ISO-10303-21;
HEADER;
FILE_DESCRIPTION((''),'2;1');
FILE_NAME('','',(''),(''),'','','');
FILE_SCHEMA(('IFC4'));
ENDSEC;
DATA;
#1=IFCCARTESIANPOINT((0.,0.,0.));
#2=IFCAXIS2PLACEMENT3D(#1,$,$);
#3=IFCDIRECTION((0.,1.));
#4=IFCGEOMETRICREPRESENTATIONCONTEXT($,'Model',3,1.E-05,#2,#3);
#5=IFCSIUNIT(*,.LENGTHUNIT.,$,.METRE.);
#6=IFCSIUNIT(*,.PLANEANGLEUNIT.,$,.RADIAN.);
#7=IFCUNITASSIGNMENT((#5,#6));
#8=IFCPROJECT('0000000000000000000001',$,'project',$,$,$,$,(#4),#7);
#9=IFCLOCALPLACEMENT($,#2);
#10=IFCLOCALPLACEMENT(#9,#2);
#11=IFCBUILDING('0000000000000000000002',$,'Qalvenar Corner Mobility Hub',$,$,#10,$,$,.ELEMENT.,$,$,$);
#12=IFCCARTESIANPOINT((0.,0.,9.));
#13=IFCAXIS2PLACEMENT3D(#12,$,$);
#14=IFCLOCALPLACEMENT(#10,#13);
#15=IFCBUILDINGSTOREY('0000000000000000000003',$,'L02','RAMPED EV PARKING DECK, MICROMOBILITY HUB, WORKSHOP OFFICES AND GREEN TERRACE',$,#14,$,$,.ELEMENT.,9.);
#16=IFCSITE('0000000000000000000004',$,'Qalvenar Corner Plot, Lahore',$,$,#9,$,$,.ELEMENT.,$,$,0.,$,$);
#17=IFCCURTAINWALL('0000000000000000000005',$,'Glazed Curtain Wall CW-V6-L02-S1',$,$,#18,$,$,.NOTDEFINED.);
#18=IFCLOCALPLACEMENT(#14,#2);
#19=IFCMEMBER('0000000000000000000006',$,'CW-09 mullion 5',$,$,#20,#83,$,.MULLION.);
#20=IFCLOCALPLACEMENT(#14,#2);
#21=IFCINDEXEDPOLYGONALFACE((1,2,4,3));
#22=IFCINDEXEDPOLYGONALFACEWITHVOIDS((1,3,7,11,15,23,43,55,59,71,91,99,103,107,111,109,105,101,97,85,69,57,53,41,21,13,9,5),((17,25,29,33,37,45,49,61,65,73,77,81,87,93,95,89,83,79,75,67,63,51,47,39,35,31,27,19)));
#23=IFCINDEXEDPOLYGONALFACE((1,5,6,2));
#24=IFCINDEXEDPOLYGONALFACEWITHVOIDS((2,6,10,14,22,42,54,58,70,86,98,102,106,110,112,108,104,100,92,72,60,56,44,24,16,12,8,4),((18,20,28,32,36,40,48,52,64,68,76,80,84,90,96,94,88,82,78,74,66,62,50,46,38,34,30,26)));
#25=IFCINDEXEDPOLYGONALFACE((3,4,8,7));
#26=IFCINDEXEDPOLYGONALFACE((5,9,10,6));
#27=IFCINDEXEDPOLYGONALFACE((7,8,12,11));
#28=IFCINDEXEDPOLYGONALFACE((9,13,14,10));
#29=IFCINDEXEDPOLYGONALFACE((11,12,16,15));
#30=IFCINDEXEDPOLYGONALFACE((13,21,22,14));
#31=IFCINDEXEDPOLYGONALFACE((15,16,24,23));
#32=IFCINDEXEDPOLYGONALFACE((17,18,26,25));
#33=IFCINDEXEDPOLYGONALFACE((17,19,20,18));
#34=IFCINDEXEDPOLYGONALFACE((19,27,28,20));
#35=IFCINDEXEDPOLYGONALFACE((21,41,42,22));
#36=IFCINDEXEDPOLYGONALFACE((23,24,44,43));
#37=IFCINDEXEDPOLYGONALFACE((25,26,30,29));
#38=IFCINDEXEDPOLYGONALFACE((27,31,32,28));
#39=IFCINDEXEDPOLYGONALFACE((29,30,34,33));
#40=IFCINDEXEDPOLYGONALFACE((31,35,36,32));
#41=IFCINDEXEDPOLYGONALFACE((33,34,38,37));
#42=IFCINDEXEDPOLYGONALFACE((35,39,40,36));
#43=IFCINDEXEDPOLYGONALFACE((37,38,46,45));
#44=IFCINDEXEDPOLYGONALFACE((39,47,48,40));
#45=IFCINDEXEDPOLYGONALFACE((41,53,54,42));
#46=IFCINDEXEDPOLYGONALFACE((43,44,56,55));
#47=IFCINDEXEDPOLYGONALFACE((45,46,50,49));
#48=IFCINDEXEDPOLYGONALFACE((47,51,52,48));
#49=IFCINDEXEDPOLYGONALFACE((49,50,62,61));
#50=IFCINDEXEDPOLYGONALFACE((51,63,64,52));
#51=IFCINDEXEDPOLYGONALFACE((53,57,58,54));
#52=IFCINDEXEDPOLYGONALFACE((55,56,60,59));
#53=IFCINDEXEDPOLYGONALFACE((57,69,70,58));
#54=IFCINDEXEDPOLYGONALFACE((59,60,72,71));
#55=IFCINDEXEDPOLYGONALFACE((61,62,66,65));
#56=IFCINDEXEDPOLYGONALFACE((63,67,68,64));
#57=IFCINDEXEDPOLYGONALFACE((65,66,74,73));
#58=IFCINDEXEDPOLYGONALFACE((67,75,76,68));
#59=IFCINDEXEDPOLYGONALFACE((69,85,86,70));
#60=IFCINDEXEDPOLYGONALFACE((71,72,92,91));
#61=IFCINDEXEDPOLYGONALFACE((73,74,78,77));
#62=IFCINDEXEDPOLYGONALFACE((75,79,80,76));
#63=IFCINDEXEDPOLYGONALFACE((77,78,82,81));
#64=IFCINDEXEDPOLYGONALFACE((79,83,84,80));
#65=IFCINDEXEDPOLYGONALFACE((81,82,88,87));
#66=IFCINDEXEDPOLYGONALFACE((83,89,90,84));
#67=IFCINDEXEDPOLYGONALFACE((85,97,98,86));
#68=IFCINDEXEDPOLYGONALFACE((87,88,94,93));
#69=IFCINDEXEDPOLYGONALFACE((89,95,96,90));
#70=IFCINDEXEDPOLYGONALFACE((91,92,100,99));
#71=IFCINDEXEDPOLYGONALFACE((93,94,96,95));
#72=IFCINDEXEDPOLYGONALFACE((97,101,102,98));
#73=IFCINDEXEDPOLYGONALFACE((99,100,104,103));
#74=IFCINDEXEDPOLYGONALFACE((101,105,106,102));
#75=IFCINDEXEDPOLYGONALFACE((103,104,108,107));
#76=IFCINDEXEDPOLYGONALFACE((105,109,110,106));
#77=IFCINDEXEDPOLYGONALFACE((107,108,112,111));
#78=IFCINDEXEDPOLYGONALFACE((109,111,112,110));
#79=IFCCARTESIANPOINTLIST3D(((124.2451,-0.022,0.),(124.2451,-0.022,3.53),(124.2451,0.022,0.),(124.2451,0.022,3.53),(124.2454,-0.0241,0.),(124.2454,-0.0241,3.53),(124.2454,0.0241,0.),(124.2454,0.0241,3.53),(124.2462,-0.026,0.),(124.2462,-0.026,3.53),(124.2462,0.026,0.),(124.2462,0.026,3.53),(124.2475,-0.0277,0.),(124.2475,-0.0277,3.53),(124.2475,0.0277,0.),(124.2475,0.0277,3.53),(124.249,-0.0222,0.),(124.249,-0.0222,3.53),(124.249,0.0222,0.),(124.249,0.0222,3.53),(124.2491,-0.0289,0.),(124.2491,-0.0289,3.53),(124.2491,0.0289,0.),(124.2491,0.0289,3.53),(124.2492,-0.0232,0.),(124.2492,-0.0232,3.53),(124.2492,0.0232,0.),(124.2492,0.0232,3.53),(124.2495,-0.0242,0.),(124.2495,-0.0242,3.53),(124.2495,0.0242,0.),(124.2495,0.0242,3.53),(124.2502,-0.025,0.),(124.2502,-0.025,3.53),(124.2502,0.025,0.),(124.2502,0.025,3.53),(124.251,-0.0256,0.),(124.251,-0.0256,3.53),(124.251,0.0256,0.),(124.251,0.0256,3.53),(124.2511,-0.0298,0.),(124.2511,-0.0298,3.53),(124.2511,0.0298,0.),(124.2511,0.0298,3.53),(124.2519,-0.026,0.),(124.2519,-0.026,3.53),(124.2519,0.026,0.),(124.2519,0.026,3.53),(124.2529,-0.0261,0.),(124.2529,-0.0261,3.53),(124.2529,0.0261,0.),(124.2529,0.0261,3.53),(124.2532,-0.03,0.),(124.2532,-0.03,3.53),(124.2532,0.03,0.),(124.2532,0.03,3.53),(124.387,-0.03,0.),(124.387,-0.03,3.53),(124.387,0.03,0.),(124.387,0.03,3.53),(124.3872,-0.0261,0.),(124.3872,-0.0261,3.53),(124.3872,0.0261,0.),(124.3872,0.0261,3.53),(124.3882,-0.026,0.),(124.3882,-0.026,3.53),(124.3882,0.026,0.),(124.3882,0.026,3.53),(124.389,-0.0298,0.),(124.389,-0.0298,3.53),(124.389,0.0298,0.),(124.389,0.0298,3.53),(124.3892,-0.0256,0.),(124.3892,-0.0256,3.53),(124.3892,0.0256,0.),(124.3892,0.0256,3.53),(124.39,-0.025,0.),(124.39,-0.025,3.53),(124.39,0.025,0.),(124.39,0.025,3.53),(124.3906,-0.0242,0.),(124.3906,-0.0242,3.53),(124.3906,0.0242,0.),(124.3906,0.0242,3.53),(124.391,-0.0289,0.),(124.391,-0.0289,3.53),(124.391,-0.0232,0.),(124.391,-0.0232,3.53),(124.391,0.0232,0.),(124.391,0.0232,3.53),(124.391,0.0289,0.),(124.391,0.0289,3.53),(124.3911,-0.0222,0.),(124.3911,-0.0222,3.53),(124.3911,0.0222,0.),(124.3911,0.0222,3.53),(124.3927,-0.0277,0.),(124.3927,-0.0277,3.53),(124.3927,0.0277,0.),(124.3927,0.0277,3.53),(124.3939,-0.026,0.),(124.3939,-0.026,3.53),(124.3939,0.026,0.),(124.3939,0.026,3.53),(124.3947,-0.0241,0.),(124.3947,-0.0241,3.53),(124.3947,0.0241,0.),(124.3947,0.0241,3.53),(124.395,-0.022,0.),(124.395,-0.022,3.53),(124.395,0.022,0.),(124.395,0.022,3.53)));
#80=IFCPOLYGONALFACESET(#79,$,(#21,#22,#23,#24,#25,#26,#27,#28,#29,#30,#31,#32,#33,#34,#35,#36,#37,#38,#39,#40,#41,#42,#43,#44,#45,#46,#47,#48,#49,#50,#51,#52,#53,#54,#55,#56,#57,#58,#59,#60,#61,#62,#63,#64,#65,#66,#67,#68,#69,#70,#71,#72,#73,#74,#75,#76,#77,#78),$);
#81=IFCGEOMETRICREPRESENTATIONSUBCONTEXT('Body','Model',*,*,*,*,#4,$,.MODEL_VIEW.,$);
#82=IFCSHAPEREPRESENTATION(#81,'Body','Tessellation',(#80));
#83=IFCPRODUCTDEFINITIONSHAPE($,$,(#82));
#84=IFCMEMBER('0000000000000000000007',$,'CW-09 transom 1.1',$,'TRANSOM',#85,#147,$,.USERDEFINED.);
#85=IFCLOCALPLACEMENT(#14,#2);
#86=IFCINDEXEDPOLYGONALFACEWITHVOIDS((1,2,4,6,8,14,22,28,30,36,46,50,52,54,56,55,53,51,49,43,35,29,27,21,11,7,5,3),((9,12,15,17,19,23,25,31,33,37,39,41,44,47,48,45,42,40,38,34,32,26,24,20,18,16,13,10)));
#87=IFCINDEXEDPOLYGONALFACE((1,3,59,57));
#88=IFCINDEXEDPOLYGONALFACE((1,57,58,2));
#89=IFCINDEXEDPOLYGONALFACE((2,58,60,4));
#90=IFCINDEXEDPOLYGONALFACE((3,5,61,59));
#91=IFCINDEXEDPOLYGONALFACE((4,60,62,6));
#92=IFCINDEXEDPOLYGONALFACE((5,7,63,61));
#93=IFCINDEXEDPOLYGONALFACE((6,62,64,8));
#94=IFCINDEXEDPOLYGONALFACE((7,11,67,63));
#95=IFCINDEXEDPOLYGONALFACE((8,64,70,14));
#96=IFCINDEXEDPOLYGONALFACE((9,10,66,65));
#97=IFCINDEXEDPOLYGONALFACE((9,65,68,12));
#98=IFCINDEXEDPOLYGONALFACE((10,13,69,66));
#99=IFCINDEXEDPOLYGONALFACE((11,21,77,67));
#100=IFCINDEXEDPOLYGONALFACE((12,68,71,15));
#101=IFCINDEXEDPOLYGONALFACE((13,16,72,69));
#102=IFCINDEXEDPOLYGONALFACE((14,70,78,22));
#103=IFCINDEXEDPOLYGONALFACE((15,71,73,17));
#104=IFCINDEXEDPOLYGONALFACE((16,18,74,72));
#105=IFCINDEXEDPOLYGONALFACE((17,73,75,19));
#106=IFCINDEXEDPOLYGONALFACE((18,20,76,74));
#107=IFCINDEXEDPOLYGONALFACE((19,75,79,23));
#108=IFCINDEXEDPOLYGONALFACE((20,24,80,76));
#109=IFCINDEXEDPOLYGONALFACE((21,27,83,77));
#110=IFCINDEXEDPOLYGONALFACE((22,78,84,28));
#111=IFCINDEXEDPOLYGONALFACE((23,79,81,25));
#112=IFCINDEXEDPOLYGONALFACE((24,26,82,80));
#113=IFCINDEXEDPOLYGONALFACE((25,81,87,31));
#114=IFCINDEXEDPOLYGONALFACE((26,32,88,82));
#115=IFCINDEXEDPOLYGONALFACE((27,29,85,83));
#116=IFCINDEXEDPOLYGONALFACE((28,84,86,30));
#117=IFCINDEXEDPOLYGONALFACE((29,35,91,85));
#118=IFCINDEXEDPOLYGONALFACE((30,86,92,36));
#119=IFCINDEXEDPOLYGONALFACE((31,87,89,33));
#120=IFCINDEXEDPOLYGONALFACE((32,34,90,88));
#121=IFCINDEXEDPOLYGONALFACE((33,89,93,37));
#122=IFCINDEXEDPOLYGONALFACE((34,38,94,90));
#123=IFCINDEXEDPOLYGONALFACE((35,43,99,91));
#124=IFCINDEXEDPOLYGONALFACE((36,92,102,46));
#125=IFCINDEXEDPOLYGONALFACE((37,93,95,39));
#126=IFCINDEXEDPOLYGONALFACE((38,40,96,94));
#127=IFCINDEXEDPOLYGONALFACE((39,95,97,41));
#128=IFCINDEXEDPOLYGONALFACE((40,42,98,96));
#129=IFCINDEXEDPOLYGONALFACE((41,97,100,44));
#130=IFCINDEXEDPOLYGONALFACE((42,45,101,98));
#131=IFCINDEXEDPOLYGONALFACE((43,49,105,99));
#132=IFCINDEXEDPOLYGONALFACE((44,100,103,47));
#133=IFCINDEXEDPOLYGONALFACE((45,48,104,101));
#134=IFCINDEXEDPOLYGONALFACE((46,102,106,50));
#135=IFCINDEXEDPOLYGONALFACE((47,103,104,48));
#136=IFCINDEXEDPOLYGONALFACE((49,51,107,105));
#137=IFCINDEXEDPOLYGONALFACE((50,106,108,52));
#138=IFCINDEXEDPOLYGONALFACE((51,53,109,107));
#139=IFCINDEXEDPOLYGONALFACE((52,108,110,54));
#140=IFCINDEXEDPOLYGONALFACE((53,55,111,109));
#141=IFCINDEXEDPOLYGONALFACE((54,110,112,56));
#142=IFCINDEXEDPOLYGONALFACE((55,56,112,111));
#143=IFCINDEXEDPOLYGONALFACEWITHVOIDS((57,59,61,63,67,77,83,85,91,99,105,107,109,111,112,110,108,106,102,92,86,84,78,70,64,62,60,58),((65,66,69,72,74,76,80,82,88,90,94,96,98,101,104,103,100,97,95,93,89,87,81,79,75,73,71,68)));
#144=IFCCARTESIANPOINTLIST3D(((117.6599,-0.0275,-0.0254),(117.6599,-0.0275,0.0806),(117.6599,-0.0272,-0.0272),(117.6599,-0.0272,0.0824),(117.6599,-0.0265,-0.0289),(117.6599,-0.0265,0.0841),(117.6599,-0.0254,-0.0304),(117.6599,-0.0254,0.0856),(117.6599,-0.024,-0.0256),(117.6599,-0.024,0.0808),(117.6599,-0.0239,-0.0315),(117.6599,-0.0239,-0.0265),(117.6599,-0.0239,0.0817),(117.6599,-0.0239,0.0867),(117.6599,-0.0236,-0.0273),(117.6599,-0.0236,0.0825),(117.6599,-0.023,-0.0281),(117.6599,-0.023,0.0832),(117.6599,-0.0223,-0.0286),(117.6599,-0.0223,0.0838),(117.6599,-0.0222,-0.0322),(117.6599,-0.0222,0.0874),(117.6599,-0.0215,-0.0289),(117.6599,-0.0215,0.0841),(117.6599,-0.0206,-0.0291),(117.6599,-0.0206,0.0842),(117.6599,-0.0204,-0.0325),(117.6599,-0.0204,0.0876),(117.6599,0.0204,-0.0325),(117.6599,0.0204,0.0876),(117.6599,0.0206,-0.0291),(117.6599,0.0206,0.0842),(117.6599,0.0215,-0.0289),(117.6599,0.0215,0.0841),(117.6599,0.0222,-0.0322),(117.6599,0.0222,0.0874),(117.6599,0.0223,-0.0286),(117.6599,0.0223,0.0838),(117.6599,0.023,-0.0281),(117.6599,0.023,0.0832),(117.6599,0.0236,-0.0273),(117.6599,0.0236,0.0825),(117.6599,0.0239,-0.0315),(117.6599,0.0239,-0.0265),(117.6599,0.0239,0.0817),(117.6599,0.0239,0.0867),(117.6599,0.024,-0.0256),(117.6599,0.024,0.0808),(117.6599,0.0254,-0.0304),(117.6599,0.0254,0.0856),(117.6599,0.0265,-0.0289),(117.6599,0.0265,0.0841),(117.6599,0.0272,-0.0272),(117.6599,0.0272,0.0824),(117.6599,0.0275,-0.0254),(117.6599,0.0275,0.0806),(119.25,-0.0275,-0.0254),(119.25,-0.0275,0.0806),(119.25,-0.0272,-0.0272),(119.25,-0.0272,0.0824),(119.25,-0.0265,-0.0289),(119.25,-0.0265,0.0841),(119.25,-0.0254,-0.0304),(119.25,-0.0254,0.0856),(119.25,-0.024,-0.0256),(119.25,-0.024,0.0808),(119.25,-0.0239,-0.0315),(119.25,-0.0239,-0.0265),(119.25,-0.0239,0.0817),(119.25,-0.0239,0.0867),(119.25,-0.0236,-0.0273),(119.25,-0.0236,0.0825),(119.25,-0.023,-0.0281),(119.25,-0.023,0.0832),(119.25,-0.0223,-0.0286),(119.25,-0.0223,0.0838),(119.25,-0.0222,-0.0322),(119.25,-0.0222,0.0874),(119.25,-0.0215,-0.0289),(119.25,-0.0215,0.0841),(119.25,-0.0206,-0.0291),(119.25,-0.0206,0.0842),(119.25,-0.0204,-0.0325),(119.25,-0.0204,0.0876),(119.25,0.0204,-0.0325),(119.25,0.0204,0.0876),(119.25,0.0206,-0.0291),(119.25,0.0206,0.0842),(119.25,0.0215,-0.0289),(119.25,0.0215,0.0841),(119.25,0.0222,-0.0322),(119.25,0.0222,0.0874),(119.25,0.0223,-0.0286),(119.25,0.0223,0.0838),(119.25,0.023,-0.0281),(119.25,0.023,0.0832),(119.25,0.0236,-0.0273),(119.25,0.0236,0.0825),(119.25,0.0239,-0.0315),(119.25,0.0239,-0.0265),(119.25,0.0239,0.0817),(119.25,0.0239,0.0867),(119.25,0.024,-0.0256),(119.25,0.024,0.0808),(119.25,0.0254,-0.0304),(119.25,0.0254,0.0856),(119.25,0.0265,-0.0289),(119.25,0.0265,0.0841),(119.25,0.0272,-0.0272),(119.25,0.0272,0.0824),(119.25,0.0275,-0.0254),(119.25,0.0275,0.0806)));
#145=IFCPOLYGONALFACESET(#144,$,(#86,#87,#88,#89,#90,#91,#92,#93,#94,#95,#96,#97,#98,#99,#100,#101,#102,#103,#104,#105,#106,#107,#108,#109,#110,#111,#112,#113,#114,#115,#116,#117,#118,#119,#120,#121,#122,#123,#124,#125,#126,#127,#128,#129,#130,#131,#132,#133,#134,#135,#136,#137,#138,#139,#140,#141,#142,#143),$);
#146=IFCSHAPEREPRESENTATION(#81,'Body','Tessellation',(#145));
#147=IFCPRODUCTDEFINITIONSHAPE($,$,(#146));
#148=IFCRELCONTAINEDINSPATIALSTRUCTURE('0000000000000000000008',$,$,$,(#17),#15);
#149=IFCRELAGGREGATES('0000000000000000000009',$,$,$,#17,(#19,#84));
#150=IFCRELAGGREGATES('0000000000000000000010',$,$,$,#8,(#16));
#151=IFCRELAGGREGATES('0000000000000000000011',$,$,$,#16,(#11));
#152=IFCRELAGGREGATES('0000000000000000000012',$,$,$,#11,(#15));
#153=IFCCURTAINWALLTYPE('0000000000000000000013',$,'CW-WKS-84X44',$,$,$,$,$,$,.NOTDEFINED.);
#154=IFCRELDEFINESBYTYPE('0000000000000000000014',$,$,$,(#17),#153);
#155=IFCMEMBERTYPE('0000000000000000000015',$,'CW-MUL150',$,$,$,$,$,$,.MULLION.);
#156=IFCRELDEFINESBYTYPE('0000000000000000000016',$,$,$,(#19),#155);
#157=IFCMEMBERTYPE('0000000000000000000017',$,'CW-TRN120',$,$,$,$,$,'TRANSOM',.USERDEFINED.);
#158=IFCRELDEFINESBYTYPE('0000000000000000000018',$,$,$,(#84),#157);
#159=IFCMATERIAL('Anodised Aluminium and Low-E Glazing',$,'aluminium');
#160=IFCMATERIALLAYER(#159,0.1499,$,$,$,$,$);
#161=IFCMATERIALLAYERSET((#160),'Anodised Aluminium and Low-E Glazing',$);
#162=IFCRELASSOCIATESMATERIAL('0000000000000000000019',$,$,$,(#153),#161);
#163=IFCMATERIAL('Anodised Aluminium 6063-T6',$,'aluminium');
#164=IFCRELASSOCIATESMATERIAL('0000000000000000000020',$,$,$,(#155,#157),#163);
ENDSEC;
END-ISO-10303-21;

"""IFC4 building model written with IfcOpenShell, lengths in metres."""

from ifc_helpers import new_model, si_unit, direction, frame, origin, origin_2d, place, context, subcontext, project, spatial, hollow_rectangle, extrude, material, layer, layer_set, material_profile, profile_set, type_object, element, aggregate, save


model = new_model("IFC4")

# Units and contexts
model_context = context("Model", 3, precision=1e-05, world=origin(), true_north=direction((0.0, 1.0)))
body_context = subcontext(model_context, "Body", "Model", "MODEL_VIEW")
ifc_project = project(units=[si_unit("LENGTHUNIT", "METRE"), si_unit("PLANEANGLEUNIT", "RADIAN")], contexts=[model_context])

# Site, building, storey
site_placement = place(None, origin())
site = spatial("IfcSite", under=ifc_project, at=site_placement, Name="Qalvenar Corner Plot, Lahore", CompositionType="ELEMENT", RefElevation=0.0)
building_placement = place(site_placement, origin())
building = spatial("IfcBuilding", under=site, at=building_placement, Name="Qalvenar Corner Mobility Hub", CompositionType="ELEMENT")
storey_placement = place(building_placement, frame((0.0, 0.0, 9.0)))
storey = spatial("IfcBuildingStorey", under=building, at=storey_placement, Name="L02", Description="RAMPED EV PARKING DECK, MICROMOBILITY HUB, WORKSHOP OFFICES AND GREEN TERRACE", CompositionType="ELEMENT", Elevation=9.0)

# Curtain wall, members
ifc_material_1 = material(Name="Anodised Aluminium and Low-E Glazing", Category="aluminium")
ifc_layer_1 = layer(ifc_material_1, 0.1499)
ifc_layer_set_1 = layer_set([ifc_layer_1], Name="Anodised Aluminium and Low-E Glazing")
curtain_wall_type = type_object("IfcCurtainWallType", Name="CW-WKS-84X44", PredefinedType="NOTDEFINED", material=ifc_layer_set_1)
curtain_wall_placement = place(storey_placement, origin())
curtain_wall = element("IfcCurtainWall", 1, at=curtain_wall_placement, inside=storey, type_object=curtain_wall_type, Name="Glazed Curtain Wall CW-V6-L02-S1", PredefinedType="NOTDEFINED")
ifc_material_2 = material(Name="Anodised Aluminium 6063-T6", Category="aluminium")
ifc_material_profile_1 = material_profile(ifc_material_2, hollow_rectangle(XDim=0.0601, YDim=0.1499, WallThickness=0.0039, InnerFilletRadius=0.0039, OuterFilletRadius=0.0081, at=origin_2d()), Name="RHS150x60x4")
ifc_profile_set_1 = profile_set([ifc_material_profile_1], Name="Anodised Aluminium 6063-T6")
member_type_1 = type_object("IfcMemberType", Name="CW-MUL150", PredefinedType="MULLION", material=ifc_profile_set_1)
member_1_placement = place(storey_placement, frame((124.3201, 0.0, 0.0), z_axis=(0.0, 0.0, 1.0), x_axis=(0.0, 1.0, 0.0)))
member_1 = element("IfcMember", 2, at=member_1_placement, type_object=member_type_1, Name="CW-09 mullion 5", PredefinedType="MULLION", context=body_context, shape_type="SweptSolid", body=[
    extrude(hollow_rectangle(XDim=0.0601, YDim=0.1499, WallThickness=0.0039, InnerFilletRadius=0.0039, OuterFilletRadius=0.0081, at=origin_2d()), origin(), (0.0, 0.0, 1.0), 3.53),
])
ifc_material_profile_2 = material_profile(ifc_material_2, hollow_rectangle(XDim=0.0549, YDim=0.1201, WallThickness=0.0034, InnerFilletRadius=0.0034, OuterFilletRadius=0.0071, at=origin_2d()), Name="RHS120x55x3.5")
ifc_profile_set_2 = profile_set([ifc_material_profile_2], Name="Anodised Aluminium 6063-T6")
member_type_2 = type_object("IfcMemberType", Name="CW-TRN120", ElementType="TRANSOM", PredefinedType="USERDEFINED", material=ifc_profile_set_2)
member_2_placement = place(storey_placement, frame((117.6599, 0.0, 0.0276), z_axis=(1.0, 0.0, 0.0), x_axis=(0.0, 1.0, 0.0)))
member_2 = element("IfcMember", 3, at=member_2_placement, type_object=member_type_2, Name="CW-09 transom 1.1", ObjectType="TRANSOM", PredefinedType="USERDEFINED", context=body_context, shape_type="SweptSolid", body=[
    extrude(hollow_rectangle(XDim=0.0549, YDim=0.1201, WallThickness=0.0034, InnerFilletRadius=0.0034, OuterFilletRadius=0.0071, at=origin_2d()), origin(), (0.0, 0.0, 1.0), 1.5901),
])
aggregate(curtain_wall, [member_1, member_2])

save(model, "model.ifc")
